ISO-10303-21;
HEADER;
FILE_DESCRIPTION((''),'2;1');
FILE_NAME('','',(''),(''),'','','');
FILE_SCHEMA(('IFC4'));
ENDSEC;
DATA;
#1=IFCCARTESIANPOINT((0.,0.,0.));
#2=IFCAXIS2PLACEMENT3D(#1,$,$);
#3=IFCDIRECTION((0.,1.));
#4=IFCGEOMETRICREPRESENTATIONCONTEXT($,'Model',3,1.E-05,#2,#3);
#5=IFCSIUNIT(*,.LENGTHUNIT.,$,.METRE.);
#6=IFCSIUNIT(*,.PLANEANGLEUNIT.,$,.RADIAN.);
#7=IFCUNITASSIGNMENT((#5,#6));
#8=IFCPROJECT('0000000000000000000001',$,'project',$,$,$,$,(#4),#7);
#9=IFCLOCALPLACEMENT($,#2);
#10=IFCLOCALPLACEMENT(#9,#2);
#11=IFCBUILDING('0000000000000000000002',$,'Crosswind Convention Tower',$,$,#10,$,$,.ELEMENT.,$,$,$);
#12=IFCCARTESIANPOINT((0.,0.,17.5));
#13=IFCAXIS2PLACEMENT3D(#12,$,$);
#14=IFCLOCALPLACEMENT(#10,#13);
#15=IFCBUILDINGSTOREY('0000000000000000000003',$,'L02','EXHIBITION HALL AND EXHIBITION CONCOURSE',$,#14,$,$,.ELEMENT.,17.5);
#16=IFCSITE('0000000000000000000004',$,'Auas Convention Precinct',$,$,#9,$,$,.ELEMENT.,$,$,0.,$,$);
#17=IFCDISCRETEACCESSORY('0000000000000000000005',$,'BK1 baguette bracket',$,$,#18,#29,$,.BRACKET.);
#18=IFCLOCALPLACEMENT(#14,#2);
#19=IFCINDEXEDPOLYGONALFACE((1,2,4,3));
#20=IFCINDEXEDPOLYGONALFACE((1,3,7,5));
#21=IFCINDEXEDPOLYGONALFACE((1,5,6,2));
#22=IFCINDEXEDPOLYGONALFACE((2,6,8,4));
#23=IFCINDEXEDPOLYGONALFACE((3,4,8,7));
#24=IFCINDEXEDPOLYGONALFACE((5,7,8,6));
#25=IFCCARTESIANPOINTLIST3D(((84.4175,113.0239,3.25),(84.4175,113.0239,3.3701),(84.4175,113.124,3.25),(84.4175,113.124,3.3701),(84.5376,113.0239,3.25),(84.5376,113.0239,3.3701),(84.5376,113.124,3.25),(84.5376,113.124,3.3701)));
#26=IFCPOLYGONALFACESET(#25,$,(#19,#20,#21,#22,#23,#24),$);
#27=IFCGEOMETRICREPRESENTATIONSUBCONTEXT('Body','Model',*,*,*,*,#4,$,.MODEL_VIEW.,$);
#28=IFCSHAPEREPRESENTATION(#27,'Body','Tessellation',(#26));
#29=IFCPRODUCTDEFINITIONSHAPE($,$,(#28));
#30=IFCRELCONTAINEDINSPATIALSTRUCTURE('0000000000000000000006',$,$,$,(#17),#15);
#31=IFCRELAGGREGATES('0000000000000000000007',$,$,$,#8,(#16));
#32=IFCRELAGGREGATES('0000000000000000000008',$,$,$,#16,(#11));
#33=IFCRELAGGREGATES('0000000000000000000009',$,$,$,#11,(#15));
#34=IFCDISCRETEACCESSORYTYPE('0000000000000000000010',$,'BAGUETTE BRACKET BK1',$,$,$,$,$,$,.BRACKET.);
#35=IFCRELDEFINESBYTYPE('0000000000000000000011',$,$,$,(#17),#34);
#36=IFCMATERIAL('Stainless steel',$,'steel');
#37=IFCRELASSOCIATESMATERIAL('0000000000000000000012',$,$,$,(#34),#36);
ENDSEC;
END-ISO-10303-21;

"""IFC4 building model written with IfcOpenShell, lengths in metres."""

from ifc_helpers import new_model, si_unit, direction, frame, origin, origin_2d, place, context, subcontext, project, spatial, rectangle, extrude, material, type_object, element, save


model = new_model("IFC4")

# Units and contexts
model_context = context("Model", 3, precision=1e-05, world=origin(), true_north=direction((0.0, 1.0)))
body_context = subcontext(model_context, "Body", "Model", "MODEL_VIEW")
ifc_project = project(units=[si_unit("LENGTHUNIT", "METRE"), si_unit("PLANEANGLEUNIT", "RADIAN")], contexts=[model_context])

# Site, building, storey
site_placement = place(None, origin())
site = spatial("IfcSite", under=ifc_project, at=site_placement, Name="Auas Convention Precinct", CompositionType="ELEMENT", RefElevation=0.0)
building_placement = place(site_placement, origin())
building = spatial("IfcBuilding", under=site, at=building_placement, Name="Crosswind Convention Tower", CompositionType="ELEMENT")
storey_placement = place(building_placement, frame((0.0, 0.0, 17.5)))
storey = spatial("IfcBuildingStorey", under=building, at=storey_placement, Name="L02", Description="EXHIBITION HALL AND EXHIBITION CONCOURSE", CompositionType="ELEMENT", Elevation=17.5)

# Discrete accessory
ifc_material_1 = material(Name="Stainless steel", Category="steel")
discrete_accessory_type = type_object("IfcDiscreteAccessoryType", Name="BAGUETTE BRACKET BK1", PredefinedType="BRACKET", material=ifc_material_1)
for number, where, z_axis, x_axis, name in (
    (1, (84.4775, 113.074, 3.25), (0.0, 0.0, 1.0), (-1.0, 0.0, 0.0), "BK1 baguette bracket"),
):
    element("IfcDiscreteAccessory", number, at=place(storey_placement, frame(where, z_axis=z_axis, x_axis=x_axis)), inside=storey, type_object=discrete_accessory_type, Name=name, PredefinedType="BRACKET", context=body_context, shape_type="SweptSolid", body=[
        extrude(rectangle(XDim=0.1201, YDim=0.1001, at=origin_2d()), origin(), (0.0, 0.0, 1.0), 0.1201),
    ])

save(model, "model.ifc")
